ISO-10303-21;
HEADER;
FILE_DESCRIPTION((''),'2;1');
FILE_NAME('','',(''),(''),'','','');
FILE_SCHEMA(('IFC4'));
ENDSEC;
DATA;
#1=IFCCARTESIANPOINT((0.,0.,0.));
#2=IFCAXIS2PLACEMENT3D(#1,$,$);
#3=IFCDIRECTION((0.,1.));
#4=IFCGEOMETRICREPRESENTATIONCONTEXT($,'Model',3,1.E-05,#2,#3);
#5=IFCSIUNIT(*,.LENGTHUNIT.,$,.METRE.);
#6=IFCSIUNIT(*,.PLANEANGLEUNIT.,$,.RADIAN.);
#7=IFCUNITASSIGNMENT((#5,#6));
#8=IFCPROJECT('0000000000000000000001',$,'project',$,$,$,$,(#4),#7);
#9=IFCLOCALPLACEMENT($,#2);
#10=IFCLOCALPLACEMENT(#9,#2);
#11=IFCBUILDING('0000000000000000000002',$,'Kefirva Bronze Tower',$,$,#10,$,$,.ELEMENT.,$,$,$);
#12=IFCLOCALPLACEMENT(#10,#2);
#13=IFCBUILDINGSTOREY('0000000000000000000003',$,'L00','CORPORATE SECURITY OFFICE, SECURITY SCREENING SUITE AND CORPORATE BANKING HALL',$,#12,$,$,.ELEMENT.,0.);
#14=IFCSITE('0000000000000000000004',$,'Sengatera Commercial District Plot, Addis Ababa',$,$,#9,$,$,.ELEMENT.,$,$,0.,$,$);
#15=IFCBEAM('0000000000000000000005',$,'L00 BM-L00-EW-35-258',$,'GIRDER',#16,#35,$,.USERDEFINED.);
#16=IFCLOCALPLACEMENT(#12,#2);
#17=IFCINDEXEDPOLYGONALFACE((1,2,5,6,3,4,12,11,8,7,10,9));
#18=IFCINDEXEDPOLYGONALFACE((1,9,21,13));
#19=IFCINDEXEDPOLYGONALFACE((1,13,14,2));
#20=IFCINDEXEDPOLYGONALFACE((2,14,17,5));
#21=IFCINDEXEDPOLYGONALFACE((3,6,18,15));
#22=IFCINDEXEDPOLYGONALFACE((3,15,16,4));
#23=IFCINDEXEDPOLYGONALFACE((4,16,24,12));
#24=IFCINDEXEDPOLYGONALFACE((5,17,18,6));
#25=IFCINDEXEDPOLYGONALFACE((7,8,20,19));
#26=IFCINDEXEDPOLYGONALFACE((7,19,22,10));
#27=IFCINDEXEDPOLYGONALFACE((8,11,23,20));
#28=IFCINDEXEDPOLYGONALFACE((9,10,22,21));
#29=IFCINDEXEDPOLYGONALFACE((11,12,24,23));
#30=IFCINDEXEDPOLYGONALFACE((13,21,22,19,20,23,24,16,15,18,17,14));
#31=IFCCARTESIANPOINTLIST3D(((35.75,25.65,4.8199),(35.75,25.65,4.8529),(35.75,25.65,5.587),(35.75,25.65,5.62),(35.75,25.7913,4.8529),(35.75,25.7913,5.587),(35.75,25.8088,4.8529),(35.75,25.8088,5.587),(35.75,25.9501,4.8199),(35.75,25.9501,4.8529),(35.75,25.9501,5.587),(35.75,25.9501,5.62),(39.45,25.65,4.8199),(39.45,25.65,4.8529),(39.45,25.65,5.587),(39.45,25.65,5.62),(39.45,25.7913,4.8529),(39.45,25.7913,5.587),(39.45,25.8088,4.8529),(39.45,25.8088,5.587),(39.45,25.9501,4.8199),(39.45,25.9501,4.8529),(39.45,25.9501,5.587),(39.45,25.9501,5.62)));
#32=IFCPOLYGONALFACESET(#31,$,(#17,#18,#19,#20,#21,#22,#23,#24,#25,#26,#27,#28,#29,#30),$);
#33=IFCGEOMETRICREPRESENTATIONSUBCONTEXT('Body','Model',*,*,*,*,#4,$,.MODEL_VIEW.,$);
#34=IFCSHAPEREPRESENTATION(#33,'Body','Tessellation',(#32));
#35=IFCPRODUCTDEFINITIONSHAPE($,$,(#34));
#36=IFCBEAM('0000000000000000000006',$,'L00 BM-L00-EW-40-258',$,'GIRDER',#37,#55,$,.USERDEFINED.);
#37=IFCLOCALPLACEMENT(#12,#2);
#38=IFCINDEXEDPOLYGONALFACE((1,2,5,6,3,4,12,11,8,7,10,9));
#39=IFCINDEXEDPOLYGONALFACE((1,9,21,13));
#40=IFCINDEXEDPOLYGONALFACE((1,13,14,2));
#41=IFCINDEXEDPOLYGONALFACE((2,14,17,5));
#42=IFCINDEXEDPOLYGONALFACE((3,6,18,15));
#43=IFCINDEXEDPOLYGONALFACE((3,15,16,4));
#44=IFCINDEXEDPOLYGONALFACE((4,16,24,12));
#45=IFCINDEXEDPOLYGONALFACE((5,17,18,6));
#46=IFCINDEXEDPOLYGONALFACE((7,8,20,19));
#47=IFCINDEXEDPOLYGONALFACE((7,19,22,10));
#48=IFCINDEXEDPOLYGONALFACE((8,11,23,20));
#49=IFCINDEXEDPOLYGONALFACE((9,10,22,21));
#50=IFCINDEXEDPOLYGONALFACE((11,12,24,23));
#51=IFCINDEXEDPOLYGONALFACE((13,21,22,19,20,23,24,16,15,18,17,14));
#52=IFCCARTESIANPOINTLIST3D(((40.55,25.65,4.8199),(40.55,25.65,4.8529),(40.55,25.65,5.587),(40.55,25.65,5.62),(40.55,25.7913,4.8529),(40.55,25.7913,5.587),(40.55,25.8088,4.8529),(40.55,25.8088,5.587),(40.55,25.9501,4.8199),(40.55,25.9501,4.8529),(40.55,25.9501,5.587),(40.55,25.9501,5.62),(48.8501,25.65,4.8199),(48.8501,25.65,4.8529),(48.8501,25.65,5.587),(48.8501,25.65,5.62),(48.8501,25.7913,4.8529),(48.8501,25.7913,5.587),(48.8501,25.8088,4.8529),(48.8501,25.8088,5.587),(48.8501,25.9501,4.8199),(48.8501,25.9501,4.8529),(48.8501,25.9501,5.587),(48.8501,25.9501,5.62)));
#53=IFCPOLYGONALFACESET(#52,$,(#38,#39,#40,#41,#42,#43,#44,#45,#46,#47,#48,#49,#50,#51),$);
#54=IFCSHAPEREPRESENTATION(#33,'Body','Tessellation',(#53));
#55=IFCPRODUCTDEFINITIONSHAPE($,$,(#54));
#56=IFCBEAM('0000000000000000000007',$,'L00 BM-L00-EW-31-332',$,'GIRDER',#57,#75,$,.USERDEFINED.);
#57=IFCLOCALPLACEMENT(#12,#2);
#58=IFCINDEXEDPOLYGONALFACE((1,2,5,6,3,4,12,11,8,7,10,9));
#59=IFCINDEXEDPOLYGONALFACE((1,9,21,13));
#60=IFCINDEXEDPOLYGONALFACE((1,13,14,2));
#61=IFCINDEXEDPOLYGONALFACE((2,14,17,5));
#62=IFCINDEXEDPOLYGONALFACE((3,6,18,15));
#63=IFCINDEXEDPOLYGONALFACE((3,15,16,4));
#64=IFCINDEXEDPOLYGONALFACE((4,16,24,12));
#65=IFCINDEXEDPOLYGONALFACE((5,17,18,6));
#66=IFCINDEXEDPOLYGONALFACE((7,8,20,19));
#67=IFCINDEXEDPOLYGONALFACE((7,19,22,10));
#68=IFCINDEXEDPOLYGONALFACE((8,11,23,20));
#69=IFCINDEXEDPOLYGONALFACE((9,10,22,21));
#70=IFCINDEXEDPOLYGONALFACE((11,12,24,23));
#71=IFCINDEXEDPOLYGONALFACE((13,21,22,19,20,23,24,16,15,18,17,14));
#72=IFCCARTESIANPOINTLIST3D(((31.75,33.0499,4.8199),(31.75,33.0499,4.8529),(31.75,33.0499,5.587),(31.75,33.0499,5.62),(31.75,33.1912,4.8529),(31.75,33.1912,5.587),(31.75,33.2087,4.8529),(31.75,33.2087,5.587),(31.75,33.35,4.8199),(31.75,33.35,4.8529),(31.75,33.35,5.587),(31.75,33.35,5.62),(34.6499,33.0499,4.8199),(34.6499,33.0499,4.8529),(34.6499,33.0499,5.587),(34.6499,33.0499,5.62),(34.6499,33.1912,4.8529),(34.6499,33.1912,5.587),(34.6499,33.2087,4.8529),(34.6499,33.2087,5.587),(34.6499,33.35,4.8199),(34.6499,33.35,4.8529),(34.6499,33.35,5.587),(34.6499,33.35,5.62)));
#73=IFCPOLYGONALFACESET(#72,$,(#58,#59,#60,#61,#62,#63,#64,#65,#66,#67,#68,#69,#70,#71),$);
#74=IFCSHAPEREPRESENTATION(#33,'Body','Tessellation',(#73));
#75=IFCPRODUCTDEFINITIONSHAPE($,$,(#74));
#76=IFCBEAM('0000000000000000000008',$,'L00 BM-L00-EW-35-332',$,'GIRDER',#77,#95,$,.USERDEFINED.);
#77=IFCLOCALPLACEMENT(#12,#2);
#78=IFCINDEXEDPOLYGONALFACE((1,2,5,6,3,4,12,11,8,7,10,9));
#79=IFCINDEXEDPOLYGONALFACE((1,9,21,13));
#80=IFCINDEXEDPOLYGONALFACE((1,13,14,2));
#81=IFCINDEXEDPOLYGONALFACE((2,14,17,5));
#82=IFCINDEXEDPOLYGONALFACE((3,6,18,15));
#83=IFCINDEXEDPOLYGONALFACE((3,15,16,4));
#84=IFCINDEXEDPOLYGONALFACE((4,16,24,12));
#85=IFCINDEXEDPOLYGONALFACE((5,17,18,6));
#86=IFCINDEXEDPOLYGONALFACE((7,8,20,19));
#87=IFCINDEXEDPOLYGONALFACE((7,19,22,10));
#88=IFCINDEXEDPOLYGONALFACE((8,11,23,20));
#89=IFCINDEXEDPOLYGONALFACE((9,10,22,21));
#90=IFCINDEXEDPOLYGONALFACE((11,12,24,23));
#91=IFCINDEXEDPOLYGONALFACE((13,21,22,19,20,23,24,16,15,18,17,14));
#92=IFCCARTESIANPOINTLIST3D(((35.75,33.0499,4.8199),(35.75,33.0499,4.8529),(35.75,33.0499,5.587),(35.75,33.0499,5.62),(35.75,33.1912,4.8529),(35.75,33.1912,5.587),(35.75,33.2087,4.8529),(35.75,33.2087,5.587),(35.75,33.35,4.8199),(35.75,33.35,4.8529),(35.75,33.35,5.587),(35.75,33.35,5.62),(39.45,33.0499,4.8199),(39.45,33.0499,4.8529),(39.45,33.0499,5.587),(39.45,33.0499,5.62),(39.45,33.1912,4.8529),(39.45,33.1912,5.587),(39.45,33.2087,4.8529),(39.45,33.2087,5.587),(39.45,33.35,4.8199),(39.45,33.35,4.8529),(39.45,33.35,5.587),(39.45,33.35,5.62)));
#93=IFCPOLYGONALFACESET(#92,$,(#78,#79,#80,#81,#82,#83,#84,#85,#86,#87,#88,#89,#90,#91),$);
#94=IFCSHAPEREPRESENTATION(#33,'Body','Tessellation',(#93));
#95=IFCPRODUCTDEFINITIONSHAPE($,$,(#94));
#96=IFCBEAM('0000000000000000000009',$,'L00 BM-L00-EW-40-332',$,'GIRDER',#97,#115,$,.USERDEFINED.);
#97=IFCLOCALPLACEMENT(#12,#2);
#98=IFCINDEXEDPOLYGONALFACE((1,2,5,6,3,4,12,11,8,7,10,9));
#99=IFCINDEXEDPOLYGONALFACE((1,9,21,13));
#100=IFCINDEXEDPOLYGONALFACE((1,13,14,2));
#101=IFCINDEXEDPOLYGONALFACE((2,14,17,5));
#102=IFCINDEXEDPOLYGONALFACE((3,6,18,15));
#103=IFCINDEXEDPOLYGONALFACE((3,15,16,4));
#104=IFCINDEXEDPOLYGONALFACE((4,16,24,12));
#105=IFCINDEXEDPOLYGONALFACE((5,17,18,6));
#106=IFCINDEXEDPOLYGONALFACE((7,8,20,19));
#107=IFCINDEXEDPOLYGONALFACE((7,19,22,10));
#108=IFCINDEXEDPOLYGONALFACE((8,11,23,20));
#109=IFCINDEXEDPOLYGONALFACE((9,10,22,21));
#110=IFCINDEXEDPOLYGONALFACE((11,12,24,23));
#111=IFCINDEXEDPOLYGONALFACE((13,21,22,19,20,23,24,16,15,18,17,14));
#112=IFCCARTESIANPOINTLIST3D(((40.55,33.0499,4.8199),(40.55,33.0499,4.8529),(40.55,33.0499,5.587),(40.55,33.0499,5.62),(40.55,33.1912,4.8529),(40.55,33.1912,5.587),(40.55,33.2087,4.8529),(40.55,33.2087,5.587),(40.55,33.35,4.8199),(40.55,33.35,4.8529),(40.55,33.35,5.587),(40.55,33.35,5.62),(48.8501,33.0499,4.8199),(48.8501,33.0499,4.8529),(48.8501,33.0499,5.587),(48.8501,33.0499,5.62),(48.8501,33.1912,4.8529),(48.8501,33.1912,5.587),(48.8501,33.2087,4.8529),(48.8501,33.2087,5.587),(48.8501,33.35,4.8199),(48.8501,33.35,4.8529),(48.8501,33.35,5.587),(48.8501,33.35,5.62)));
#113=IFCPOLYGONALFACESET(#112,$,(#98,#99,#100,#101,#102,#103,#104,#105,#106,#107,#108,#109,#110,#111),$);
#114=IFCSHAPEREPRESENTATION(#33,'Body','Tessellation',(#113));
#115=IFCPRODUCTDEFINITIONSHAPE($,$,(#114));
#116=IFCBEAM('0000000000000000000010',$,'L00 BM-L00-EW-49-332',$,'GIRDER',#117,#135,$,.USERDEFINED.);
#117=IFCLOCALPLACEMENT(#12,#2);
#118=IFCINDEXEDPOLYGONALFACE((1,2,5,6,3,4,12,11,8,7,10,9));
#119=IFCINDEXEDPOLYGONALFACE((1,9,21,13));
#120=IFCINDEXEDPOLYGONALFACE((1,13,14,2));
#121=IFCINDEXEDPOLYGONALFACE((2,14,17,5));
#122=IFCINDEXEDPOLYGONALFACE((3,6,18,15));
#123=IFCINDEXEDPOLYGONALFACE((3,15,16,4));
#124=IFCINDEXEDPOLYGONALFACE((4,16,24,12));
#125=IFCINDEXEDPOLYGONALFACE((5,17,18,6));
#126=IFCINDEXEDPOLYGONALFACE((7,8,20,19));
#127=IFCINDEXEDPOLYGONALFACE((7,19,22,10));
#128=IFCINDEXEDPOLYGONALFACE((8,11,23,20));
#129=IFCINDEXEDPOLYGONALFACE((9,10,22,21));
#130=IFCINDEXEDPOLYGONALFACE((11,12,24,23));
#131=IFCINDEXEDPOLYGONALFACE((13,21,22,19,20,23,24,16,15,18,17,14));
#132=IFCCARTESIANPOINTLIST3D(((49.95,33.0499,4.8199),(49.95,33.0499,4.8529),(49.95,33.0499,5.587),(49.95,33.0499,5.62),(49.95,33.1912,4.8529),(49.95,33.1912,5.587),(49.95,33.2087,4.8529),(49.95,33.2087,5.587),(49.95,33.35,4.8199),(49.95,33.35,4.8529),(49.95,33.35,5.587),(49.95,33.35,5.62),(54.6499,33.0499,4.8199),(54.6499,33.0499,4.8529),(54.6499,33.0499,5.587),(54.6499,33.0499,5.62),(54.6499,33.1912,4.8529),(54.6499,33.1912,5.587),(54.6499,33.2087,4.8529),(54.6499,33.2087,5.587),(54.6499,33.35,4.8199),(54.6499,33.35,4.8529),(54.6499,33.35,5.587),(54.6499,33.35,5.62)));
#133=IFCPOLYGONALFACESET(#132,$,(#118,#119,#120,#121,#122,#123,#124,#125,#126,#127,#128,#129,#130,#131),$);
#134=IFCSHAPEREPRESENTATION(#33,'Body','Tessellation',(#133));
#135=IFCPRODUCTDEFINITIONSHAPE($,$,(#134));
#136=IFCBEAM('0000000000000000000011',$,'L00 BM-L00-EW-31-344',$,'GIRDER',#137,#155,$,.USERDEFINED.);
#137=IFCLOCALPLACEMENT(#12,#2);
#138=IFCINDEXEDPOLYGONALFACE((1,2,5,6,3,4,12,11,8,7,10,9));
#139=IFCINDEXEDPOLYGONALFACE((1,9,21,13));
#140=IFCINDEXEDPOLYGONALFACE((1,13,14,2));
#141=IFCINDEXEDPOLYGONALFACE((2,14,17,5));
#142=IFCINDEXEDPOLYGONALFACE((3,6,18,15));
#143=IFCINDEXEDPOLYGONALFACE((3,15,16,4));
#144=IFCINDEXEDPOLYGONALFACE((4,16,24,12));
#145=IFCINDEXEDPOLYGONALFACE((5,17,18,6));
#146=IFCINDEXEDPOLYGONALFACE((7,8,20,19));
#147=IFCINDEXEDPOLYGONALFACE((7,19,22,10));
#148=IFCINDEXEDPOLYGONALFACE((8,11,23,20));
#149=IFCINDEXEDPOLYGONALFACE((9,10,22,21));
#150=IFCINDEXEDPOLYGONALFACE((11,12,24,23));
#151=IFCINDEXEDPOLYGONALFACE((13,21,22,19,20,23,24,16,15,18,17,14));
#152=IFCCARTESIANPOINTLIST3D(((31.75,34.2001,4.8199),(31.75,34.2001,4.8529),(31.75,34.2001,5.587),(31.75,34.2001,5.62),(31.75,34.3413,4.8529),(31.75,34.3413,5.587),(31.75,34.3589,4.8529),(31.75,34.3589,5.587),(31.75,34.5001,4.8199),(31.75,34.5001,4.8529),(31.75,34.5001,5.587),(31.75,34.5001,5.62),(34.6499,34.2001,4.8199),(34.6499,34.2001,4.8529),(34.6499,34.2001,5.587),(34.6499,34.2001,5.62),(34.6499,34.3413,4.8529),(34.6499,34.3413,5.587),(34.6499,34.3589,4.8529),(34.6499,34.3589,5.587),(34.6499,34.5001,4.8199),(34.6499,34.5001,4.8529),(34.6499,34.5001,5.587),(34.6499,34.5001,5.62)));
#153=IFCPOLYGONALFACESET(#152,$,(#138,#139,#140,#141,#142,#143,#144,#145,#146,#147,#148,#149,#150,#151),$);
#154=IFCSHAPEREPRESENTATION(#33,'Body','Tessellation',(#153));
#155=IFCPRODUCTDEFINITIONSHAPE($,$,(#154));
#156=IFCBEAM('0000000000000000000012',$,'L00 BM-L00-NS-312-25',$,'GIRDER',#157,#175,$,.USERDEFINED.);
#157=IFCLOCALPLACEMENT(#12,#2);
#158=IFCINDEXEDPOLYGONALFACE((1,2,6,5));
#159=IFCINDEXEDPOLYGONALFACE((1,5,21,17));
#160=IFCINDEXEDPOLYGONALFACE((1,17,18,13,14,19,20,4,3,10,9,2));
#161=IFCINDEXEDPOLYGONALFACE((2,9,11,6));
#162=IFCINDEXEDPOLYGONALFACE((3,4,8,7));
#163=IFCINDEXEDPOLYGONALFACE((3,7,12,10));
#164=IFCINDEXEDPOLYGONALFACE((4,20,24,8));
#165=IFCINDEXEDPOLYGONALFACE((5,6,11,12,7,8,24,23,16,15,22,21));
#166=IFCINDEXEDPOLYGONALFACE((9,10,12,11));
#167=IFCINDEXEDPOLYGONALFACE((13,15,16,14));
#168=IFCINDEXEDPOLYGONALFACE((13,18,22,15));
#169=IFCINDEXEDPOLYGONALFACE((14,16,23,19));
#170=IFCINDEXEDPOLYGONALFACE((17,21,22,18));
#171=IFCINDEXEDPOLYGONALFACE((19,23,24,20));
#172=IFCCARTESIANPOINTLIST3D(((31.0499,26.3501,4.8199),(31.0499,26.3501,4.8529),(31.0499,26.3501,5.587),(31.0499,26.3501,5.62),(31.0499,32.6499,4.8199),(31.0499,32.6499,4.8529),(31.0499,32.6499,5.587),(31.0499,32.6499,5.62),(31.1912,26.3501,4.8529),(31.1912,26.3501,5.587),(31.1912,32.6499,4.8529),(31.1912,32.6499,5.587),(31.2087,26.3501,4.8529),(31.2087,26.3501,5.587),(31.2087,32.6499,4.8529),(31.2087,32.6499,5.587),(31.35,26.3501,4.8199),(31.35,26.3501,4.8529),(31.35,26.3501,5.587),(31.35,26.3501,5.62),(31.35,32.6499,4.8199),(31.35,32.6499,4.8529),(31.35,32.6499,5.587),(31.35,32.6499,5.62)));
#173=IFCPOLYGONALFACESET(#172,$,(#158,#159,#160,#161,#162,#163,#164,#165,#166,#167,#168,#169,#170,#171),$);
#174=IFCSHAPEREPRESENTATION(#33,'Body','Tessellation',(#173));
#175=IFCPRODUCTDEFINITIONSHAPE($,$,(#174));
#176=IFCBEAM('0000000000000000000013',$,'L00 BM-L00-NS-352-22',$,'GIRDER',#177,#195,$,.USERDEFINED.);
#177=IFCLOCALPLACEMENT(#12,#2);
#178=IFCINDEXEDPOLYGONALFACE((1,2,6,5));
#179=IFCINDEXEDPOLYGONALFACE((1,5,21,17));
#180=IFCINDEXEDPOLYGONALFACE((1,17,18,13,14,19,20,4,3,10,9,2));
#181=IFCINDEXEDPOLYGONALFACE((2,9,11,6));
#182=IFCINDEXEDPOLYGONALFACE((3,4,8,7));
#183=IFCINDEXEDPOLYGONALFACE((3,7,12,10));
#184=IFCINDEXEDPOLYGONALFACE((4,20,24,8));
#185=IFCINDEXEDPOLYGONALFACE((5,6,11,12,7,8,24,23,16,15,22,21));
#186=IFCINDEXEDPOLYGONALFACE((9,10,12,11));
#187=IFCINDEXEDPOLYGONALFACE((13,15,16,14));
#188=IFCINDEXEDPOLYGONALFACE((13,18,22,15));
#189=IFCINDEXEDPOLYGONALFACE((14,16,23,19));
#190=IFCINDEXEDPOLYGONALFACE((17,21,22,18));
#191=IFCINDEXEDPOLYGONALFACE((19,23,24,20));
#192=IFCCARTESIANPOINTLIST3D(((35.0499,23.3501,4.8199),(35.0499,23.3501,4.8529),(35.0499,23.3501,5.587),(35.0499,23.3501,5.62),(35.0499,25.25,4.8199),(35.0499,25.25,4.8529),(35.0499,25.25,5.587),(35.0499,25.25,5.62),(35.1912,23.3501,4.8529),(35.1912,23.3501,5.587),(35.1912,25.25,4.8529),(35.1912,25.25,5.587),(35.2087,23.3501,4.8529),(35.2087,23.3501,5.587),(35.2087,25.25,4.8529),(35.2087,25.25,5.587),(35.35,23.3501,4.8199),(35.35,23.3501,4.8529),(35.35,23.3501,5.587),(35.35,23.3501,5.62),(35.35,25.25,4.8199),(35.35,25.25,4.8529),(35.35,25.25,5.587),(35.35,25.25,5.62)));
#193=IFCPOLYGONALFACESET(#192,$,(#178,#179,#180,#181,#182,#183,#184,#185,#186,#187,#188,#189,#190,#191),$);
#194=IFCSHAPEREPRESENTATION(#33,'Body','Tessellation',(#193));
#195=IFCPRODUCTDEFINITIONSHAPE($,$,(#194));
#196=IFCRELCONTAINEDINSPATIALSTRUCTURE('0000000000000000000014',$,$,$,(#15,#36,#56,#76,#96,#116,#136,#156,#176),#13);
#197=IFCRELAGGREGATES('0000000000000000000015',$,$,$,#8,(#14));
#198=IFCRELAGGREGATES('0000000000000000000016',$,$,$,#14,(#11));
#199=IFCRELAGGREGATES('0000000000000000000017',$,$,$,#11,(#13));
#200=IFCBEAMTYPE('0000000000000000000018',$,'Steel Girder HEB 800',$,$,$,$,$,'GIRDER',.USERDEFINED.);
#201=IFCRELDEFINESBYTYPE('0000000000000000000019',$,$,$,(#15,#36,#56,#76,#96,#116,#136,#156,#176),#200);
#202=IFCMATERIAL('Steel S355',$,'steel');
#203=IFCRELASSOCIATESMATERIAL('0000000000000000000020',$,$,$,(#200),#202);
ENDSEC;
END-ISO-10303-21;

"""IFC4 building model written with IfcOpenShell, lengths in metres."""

from ifc_helpers import new_model, si_unit, direction, frame, origin, origin_2d, place, context, subcontext, project, spatial, i_section, extrude, material, material_profile, profile_set, type_object, element, save


model = new_model("IFC4")

# Units and contexts
model_context = context("Model", 3, precision=1e-05, world=origin(), true_north=direction((0.0, 1.0)))
body_context = subcontext(model_context, "Body", "Model", "MODEL_VIEW")
ifc_project = project(units=[si_unit("LENGTHUNIT", "METRE"), si_unit("PLANEANGLEUNIT", "RADIAN")], contexts=[model_context])

# Site, building, storey
site_placement = place(None, origin())
site = spatial("IfcSite", under=ifc_project, at=site_placement, Name="Sengatera Commercial District Plot, Addis Ababa", CompositionType="ELEMENT", RefElevation=0.0)
building_placement = place(site_placement, origin())
building = spatial("IfcBuilding", under=site, at=building_placement, Name="Kefirva Bronze Tower", CompositionType="ELEMENT")
storey_placement = place(building_placement, origin())
storey = spatial("IfcBuildingStorey", under=building, at=storey_placement, Name="L00", Description="CORPORATE SECURITY OFFICE, SECURITY SCREENING SUITE AND CORPORATE BANKING HALL", CompositionType="ELEMENT", Elevation=0.0)

# Beams
ifc_material_1 = material(Name="Steel S355", Category="steel")
ifc_material_profile_1 = material_profile(ifc_material_1, i_section(OverallWidth=0.3, OverallDepth=0.8, WebThickness=0.0176, FlangeThickness=0.033, at=origin_2d()), Name="HEB 800")
ifc_profile_set_1 = profile_set([ifc_material_profile_1], Name="Steel S355")
beam_type_1 = type_object("IfcBeamType", Name="Steel Girder HEB 800", ElementType="GIRDER", PredefinedType="USERDEFINED", material=ifc_profile_set_1)
beam_1_placement = place(storey_placement, frame((35.75, 25.8, 5.22), z_axis=(1.0, 0.0, 0.0), x_axis=(0.0, 1.0, 0.0)))
element("IfcBeam", 1, at=beam_1_placement, inside=storey, type_object=beam_type_1, Name="L00 BM-L00-EW-35-258", ObjectType="GIRDER", PredefinedType="USERDEFINED", context=body_context, shape_type="SweptSolid", body=[
    extrude(i_section(OverallWidth=0.3, OverallDepth=0.8, WebThickness=0.0176, FlangeThickness=0.033, at=origin_2d()), origin(), (0.0, 0.0, 1.0), 3.7),
])
beam_2_placement = place(storey_placement, frame((40.55, 25.8, 5.22), z_axis=(1.0, 0.0, 0.0), x_axis=(0.0, 1.0, 0.0)))
element("IfcBeam", 2, at=beam_2_placement, inside=storey, type_object=beam_type_1, Name="L00 BM-L00-EW-40-258", ObjectType="GIRDER", PredefinedType="USERDEFINED", context=body_context, shape_type="SweptSolid", body=[
    extrude(i_section(OverallWidth=0.3, OverallDepth=0.8, WebThickness=0.0176, FlangeThickness=0.033, at=origin_2d()), origin(), (0.0, 0.0, 1.0), 8.3),
])
beam_3_placement = place(storey_placement, frame((31.75, 33.2, 5.22), z_axis=(1.0, 0.0, 0.0), x_axis=(0.0, 1.0, 0.0)))
element("IfcBeam", 3, at=beam_3_placement, inside=storey, type_object=beam_type_1, Name="L00 BM-L00-EW-31-332", ObjectType="GIRDER", PredefinedType="USERDEFINED", context=body_context, shape_type="SweptSolid", body=[
    extrude(i_section(OverallWidth=0.3, OverallDepth=0.8, WebThickness=0.0176, FlangeThickness=0.033, at=origin_2d()), origin(), (0.0, 0.0, 1.0), 2.8999),
])
beam_4_placement = place(storey_placement, frame((35.75, 33.2, 5.22), z_axis=(1.0, 0.0, 0.0), x_axis=(0.0, 1.0, 0.0)))
element("IfcBeam", 4, at=beam_4_placement, inside=storey, type_object=beam_type_1, Name="L00 BM-L00-EW-35-332", ObjectType="GIRDER", PredefinedType="USERDEFINED", context=body_context, shape_type="SweptSolid", body=[
    extrude(i_section(OverallWidth=0.3, OverallDepth=0.8, WebThickness=0.0176, FlangeThickness=0.033, at=origin_2d()), origin(), (0.0, 0.0, 1.0), 3.7),
])
beam_5_placement = place(storey_placement, frame((40.55, 33.2, 5.22), z_axis=(1.0, 0.0, 0.0), x_axis=(0.0, 1.0, 0.0)))
element("IfcBeam", 5, at=beam_5_placement, inside=storey, type_object=beam_type_1, Name="L00 BM-L00-EW-40-332", ObjectType="GIRDER", PredefinedType="USERDEFINED", context=body_context, shape_type="SweptSolid", body=[
    extrude(i_section(OverallWidth=0.3, OverallDepth=0.8, WebThickness=0.0176, FlangeThickness=0.033, at=origin_2d()), origin(), (0.0, 0.0, 1.0), 8.3),
])
beam_6_placement = place(storey_placement, frame((49.95, 33.2, 5.22), z_axis=(1.0, 0.0, 0.0), x_axis=(0.0, 1.0, 0.0)))
element("IfcBeam", 6, at=beam_6_placement, inside=storey, type_object=beam_type_1, Name="L00 BM-L00-EW-49-332", ObjectType="GIRDER", PredefinedType="USERDEFINED", context=body_context, shape_type="SweptSolid", body=[
    extrude(i_section(OverallWidth=0.3, OverallDepth=0.8, WebThickness=0.0176, FlangeThickness=0.033, at=origin_2d()), origin(), (0.0, 0.0, 1.0), 4.7),
])
beam_7_placement = place(storey_placement, frame((31.75, 34.3501, 5.22), z_axis=(1.0, 0.0, 0.0), x_axis=(0.0, 1.0, 0.0)))
element("IfcBeam", 7, at=beam_7_placement, inside=storey, type_object=beam_type_1, Name="L00 BM-L00-EW-31-344", ObjectType="GIRDER", PredefinedType="USERDEFINED", context=body_context, shape_type="SweptSolid", body=[
    extrude(i_section(OverallWidth=0.3, OverallDepth=0.8, WebThickness=0.0176, FlangeThickness=0.033, at=origin_2d()), origin(), (0.0, 0.0, 1.0), 2.8999),
])
beam_8_placement = place(storey_placement, frame((31.2, 26.3501, 5.22), z_axis=(0.0, 1.0, 0.0), x_axis=(-1.0, 0.0, 0.0)))
element("IfcBeam", 8, at=beam_8_placement, inside=storey, type_object=beam_type_1, Name="L00 BM-L00-NS-312-25", ObjectType="GIRDER", PredefinedType="USERDEFINED", context=body_context, shape_type="SweptSolid", body=[
    extrude(i_section(OverallWidth=0.3, OverallDepth=0.8, WebThickness=0.0176, FlangeThickness=0.033, at=origin_2d()), origin(), (0.0, 0.0, 1.0), 6.2998),
])
beam_9_placement = place(storey_placement, frame((35.2, 23.3501, 5.22), z_axis=(0.0, 1.0, 0.0), x_axis=(-1.0, 0.0, 0.0)))
element("IfcBeam", 9, at=beam_9_placement, inside=storey, type_object=beam_type_1, Name="L00 BM-L00-NS-352-22", ObjectType="GIRDER", PredefinedType="USERDEFINED", context=body_context, shape_type="SweptSolid", body=[
    extrude(i_section(OverallWidth=0.3, OverallDepth=0.8, WebThickness=0.0176, FlangeThickness=0.033, at=origin_2d()), origin(), (0.0, 0.0, 1.0), 1.8999),
])

save(model, "model.ifc")
